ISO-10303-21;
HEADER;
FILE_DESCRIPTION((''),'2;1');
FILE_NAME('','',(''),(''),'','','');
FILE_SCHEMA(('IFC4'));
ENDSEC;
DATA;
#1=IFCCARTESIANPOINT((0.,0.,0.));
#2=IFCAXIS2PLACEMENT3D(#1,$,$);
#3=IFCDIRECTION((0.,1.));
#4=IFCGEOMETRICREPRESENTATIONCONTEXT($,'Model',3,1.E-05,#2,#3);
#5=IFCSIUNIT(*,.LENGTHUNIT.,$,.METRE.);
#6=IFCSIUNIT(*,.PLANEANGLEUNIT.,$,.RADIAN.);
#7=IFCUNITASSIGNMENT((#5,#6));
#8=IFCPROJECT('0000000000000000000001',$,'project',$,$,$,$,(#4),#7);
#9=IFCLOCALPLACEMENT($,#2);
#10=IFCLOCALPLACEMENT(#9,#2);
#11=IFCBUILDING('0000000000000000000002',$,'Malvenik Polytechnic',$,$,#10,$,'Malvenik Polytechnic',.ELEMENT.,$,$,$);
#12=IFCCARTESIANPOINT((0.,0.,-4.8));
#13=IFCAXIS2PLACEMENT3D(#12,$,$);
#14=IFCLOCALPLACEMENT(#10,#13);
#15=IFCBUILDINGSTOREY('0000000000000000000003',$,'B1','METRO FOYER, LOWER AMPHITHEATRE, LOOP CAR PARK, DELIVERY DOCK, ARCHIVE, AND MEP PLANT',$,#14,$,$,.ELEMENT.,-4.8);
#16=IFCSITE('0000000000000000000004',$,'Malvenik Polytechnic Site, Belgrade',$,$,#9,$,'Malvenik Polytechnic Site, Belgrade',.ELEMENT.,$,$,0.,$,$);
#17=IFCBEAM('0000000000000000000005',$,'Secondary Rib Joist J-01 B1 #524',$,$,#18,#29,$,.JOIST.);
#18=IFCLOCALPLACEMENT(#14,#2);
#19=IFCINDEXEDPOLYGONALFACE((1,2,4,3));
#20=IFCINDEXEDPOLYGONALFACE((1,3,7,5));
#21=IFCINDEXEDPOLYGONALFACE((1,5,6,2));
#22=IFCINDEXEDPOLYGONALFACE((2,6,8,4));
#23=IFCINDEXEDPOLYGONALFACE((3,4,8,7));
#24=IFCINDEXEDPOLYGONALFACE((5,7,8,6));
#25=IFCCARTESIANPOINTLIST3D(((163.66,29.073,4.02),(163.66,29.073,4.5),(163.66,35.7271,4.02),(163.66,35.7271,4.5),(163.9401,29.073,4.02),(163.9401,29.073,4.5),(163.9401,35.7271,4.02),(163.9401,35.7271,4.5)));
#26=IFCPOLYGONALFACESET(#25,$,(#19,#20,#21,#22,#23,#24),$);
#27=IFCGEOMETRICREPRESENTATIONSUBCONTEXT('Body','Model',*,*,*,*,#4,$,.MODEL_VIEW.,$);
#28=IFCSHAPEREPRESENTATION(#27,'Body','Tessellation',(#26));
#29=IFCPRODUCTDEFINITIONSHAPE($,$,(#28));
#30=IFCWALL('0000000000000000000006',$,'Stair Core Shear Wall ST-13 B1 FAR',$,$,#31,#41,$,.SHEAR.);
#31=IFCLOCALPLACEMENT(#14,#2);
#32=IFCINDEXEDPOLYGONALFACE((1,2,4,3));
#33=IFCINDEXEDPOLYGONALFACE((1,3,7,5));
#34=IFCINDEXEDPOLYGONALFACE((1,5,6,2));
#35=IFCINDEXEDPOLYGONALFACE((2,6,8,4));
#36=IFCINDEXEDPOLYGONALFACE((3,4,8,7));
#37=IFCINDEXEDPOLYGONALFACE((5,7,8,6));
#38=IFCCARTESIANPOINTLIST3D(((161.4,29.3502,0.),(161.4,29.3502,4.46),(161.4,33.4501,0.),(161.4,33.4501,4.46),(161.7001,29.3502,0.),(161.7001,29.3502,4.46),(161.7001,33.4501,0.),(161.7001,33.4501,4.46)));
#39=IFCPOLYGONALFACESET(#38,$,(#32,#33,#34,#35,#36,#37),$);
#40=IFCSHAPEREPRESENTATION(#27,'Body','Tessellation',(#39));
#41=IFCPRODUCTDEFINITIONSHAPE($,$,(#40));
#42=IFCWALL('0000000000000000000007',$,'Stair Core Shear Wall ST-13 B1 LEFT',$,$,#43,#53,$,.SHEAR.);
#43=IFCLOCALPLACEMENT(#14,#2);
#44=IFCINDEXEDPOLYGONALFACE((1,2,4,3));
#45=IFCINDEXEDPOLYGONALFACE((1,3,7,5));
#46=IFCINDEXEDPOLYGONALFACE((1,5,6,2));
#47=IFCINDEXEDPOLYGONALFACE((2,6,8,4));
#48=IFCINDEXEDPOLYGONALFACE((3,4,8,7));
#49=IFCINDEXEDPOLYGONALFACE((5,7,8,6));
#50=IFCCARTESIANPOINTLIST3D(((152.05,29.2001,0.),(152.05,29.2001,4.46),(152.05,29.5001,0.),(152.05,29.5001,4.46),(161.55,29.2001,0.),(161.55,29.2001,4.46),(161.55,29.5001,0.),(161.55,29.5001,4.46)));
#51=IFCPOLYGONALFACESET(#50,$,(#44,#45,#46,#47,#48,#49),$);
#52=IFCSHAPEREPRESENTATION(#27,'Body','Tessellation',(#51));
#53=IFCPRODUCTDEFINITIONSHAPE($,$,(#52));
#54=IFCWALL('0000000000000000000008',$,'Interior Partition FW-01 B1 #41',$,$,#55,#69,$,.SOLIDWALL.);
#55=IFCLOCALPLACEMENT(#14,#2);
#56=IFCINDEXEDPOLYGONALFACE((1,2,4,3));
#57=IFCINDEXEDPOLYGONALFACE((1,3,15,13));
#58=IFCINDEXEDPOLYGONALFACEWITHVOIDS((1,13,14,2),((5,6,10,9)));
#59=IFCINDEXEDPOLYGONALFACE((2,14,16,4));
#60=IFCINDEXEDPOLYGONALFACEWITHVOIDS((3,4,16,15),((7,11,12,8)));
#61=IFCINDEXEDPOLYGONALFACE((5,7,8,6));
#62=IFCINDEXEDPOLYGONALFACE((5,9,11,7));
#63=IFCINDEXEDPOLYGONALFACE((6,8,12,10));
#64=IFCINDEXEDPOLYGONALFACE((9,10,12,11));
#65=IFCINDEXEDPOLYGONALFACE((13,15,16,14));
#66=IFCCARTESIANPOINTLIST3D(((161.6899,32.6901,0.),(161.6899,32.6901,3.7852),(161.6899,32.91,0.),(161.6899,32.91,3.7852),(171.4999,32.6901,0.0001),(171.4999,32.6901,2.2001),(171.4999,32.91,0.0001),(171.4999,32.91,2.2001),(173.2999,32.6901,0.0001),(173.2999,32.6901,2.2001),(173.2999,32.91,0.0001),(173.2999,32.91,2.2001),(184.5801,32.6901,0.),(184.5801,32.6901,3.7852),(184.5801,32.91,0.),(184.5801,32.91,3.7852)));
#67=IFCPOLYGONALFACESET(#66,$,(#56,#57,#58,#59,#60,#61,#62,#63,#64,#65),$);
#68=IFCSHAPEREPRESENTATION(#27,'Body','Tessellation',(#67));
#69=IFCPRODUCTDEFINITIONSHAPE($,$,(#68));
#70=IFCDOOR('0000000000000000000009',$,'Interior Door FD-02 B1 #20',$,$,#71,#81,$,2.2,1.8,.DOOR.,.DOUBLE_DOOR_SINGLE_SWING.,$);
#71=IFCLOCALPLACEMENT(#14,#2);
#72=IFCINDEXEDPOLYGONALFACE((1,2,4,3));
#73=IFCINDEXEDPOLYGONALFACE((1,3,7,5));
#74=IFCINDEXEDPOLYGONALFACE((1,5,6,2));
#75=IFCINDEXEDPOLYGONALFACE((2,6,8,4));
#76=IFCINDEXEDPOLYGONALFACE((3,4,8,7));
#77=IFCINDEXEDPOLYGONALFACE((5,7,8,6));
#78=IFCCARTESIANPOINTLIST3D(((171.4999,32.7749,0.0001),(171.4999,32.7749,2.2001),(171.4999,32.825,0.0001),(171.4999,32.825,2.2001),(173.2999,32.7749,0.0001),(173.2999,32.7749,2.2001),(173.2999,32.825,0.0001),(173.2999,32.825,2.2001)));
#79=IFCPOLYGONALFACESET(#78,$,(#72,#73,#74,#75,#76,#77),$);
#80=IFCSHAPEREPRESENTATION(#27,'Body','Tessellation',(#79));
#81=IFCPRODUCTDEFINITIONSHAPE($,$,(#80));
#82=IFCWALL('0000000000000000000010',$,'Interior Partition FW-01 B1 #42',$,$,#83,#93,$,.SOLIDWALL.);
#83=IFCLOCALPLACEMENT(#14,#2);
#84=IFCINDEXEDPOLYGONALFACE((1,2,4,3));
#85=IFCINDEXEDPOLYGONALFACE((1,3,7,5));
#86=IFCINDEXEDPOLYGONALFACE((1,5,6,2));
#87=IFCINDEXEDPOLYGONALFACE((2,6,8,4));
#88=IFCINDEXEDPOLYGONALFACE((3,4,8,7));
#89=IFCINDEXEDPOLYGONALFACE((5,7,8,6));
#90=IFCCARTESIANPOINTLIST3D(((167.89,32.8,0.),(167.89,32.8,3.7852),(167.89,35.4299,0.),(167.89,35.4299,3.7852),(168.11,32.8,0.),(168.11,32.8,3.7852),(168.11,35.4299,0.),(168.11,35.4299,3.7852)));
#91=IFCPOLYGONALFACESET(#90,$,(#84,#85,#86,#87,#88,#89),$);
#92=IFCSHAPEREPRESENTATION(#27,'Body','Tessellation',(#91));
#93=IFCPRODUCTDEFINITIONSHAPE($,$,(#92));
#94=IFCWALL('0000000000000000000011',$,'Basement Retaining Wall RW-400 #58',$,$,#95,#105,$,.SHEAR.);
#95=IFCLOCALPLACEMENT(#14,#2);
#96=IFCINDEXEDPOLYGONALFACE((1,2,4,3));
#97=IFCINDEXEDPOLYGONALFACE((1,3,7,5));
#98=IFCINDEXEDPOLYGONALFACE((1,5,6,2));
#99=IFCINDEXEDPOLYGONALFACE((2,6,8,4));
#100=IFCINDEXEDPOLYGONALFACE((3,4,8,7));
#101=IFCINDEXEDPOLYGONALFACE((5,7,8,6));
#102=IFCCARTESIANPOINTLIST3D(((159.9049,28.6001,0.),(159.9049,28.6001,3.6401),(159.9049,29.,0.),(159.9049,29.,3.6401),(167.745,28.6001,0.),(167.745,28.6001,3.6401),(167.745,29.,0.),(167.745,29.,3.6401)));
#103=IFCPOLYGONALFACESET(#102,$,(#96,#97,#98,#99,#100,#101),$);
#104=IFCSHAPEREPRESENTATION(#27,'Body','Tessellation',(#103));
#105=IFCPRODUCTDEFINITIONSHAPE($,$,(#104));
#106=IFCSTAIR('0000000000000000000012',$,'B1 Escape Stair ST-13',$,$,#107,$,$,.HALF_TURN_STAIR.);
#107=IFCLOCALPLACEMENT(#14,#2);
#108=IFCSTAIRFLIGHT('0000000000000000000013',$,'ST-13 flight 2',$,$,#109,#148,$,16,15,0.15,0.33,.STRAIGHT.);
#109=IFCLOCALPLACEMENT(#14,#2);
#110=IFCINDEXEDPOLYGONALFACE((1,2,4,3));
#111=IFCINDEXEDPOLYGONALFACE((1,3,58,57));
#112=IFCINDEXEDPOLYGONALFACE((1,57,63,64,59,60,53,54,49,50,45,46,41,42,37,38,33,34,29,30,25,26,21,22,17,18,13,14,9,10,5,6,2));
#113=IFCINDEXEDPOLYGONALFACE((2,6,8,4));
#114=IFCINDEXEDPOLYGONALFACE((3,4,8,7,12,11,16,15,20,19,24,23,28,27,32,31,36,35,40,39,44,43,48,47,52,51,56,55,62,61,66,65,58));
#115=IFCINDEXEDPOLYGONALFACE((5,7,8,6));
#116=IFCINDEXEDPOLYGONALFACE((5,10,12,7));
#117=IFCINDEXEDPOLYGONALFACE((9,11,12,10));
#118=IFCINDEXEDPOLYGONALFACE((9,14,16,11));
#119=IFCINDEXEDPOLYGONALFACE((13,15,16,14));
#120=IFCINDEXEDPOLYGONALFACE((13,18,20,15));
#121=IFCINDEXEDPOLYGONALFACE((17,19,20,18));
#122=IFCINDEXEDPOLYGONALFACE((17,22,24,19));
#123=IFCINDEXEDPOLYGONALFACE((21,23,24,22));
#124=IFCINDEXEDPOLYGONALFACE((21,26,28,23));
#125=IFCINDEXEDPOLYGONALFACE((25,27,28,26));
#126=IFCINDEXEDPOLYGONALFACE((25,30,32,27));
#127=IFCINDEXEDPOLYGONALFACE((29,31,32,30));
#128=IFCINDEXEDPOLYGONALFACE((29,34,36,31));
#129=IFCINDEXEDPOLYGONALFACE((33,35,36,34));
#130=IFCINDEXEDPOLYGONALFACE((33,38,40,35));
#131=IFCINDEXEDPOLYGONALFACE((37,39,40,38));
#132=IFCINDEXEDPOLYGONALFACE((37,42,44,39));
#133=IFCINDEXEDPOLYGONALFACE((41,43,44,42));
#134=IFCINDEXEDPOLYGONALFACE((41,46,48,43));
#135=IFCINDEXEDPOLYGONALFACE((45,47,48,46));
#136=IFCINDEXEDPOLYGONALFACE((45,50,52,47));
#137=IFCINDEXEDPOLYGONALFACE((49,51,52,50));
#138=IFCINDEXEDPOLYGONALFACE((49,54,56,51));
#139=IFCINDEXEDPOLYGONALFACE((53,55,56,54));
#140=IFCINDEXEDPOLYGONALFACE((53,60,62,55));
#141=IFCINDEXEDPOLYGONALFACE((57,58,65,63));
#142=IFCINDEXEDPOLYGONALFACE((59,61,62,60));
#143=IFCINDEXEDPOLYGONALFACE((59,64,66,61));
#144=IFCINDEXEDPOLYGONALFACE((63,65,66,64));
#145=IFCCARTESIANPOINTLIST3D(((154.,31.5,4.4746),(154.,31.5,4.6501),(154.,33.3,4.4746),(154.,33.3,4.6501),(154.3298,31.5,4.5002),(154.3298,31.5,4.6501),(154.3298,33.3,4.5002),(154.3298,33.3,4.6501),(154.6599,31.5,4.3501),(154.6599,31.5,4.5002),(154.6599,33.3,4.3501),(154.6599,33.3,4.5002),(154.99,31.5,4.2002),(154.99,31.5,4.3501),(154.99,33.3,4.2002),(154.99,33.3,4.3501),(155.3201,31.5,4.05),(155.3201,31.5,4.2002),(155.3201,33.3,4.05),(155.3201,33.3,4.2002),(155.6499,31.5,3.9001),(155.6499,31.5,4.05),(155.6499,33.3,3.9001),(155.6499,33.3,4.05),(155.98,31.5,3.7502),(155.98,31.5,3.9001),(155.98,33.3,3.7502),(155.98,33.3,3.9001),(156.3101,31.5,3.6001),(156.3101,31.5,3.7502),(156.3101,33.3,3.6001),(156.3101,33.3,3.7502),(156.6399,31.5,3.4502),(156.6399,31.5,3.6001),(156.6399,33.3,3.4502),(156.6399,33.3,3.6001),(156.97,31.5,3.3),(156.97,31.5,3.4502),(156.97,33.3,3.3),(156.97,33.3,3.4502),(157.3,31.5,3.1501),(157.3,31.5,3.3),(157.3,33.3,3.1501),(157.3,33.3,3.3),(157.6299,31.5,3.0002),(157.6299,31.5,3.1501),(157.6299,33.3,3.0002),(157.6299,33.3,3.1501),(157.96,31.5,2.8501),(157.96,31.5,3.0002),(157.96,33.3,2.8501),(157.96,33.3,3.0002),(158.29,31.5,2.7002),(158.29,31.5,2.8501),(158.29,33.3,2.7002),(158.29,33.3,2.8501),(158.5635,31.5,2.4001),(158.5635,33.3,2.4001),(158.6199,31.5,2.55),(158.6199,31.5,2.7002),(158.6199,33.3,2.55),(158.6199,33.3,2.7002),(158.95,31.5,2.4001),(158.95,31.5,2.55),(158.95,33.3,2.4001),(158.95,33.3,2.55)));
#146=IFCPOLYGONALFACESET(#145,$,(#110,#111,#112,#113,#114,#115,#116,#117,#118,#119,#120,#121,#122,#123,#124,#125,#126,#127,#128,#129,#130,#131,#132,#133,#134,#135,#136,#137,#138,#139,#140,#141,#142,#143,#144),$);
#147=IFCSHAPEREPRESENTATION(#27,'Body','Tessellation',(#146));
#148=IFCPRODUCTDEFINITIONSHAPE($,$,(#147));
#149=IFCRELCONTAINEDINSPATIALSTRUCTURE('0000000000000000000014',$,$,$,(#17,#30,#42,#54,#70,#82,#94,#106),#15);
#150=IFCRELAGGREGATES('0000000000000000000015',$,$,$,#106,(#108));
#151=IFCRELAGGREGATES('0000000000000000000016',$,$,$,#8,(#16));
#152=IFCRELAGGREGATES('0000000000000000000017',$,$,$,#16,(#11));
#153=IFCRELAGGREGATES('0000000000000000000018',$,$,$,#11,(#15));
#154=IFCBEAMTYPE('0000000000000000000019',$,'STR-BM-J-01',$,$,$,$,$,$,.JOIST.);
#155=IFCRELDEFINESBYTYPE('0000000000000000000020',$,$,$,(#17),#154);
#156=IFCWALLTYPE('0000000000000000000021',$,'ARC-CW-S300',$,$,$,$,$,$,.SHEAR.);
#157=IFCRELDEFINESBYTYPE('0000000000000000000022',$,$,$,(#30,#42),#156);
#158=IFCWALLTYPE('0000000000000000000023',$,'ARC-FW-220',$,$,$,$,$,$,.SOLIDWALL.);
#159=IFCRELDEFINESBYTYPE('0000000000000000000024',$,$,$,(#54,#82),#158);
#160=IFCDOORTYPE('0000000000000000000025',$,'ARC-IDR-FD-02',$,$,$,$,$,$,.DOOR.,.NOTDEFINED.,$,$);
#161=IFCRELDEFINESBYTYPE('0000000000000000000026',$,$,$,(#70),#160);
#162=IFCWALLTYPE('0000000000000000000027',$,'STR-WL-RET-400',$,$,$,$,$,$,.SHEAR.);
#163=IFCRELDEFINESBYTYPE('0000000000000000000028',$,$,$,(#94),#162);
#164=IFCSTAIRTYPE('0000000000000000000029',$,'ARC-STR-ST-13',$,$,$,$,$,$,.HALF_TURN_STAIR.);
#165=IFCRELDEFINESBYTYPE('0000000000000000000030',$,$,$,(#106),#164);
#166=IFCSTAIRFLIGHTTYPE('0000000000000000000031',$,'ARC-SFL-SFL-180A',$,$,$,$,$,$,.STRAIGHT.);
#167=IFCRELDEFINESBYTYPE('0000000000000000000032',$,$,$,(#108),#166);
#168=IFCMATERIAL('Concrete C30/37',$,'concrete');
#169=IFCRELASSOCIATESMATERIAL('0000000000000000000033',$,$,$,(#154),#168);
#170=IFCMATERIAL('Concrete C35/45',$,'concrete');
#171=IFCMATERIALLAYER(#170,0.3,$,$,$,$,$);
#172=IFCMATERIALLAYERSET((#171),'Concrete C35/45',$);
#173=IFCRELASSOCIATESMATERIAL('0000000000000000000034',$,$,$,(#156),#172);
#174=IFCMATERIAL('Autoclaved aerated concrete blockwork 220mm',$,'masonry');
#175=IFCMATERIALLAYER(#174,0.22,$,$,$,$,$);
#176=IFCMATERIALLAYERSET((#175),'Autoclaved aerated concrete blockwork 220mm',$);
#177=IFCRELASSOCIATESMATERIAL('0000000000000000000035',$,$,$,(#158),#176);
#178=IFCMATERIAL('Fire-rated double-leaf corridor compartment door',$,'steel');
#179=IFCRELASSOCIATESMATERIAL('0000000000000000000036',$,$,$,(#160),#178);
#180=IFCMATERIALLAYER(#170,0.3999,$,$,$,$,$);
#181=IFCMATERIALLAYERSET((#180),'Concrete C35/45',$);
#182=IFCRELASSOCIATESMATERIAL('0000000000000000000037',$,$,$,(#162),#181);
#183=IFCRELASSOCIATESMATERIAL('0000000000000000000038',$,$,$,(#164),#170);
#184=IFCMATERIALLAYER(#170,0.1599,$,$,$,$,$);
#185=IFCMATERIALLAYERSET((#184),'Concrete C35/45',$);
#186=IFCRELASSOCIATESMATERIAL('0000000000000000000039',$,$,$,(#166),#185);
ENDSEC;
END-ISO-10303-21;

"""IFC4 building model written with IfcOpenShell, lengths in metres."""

from ifc_helpers import new_model, si_unit, direction, frame, frame_2d, origin, origin_2d, place, context, subcontext, project, spatial, polyline, rectangle, outline, extrude, material, layer, layer_set, material_profile, profile_set, type_object, element, fill, aggregate, save


model = new_model("IFC4")

# Units and contexts
model_context = context("Model", 3, precision=1e-05, world=origin(), true_north=direction((0.0, 1.0)))
body_context = subcontext(model_context, "Body", "Model", "MODEL_VIEW")
ifc_project = project(units=[si_unit("LENGTHUNIT", "METRE"), si_unit("PLANEANGLEUNIT", "RADIAN")], contexts=[model_context])

# Site, building, storey
site_placement = place(None, origin())
site = spatial("IfcSite", under=ifc_project, at=site_placement, Name="Malvenik Polytechnic Site, Belgrade", LongName="Malvenik Polytechnic Site, Belgrade", CompositionType="ELEMENT", RefElevation=0.0)
building_placement = place(site_placement, origin())
building = spatial("IfcBuilding", under=site, at=building_placement, Name="Malvenik Polytechnic", LongName="Malvenik Polytechnic", CompositionType="ELEMENT")
storey_placement = place(building_placement, frame((0.0, 0.0, -4.8)))
storey = spatial("IfcBuildingStorey", under=building, at=storey_placement, Name="B1", Description="METRO FOYER, LOWER AMPHITHEATRE, LOOP CAR PARK, DELIVERY DOCK, ARCHIVE, AND MEP PLANT", CompositionType="ELEMENT", Elevation=-4.8)

# Shared definitions
ifc_material_1 = material(Name="Concrete C35/45", Category="concrete")

# Beam
ifc_material_2 = material(Name="Concrete C30/37", Category="concrete")
ifc_material_profile_1 = material_profile(ifc_material_2, rectangle(XDim=0.28, YDim=0.48, at=origin_2d()), Name="RC JST 280x480")
ifc_profile_set_1 = profile_set([ifc_material_profile_1], Name="Concrete C30/37")
beam_type_1 = type_object("IfcBeamType", Name="STR-BM-J-01", PredefinedType="JOIST", material=ifc_profile_set_1)
beam_1_placement = place(storey_placement, frame((163.8, 29.073, 4.26), z_axis=(0.0, 1.0, 0.0), x_axis=(-1.0, 0.0, 0.0)))
element("IfcBeam", 1, at=beam_1_placement, inside=storey, type_object=beam_type_1, Name="Secondary Rib Joist J-01 B1 #524", PredefinedType="JOIST", context=body_context, shape_type="SweptSolid", body=[
    extrude(rectangle(XDim=0.28, YDim=0.48, at=origin_2d()), origin(), (0.0, 0.0, 1.0), 6.6541),
])

# Walls
ifc_layer_1 = layer(ifc_material_1, 0.3)
ifc_layer_set_1 = layer_set([ifc_layer_1], Name="Concrete C35/45")
wall_type_1 = type_object("IfcWallType", Name="ARC-CW-S300", PredefinedType="SHEAR", material=ifc_layer_set_1)
wall_1_placement = place(storey_placement, frame((161.55, 33.45, 0.0), z_axis=(0.0, 0.0, 1.0), x_axis=(0.0, -1.0, 0.0)))
element("IfcWall", 2, at=wall_1_placement, inside=storey, type_object=wall_type_1, Name="Stair Core Shear Wall ST-13 B1 FAR", PredefinedType="SHEAR", context=body_context, shape_type="SweptSolid", body=[
    extrude(rectangle(XDim=4.0999, YDim=0.3, at=frame_2d((2.0498, 0.0))), origin(), (0.0, 0.0, 1.0), 4.46),
])
wall_2_placement = place(storey_placement, frame((161.55, 29.3501, 0.0), z_axis=(0.0, 0.0, 1.0), x_axis=(-1.0, 0.0, 0.0)))
element("IfcWall", 3, at=wall_2_placement, inside=storey, type_object=wall_type_1, Name="Stair Core Shear Wall ST-13 B1 LEFT", PredefinedType="SHEAR", context=body_context, shape_type="SweptSolid", body=[
    extrude(rectangle(XDim=9.5, YDim=0.3, at=frame_2d((4.75, 0.0))), origin(), (0.0, 0.0, 1.0), 4.46),
])

# Wall, opening, door
ifc_material_3 = material(Name="Autoclaved aerated concrete blockwork 220mm", Category="masonry")
ifc_layer_2 = layer(ifc_material_3, 0.22)
ifc_layer_set_2 = layer_set([ifc_layer_2], Name="Autoclaved aerated concrete blockwork 220mm")
wall_type_2 = type_object("IfcWallType", Name="ARC-FW-220", PredefinedType="SOLIDWALL", material=ifc_layer_set_2)
wall_3_placement = place(storey_placement, frame((161.6899, 32.8, 0.0), z_axis=(0.0, 0.0, 1.0), x_axis=(1.0, 0.0, 0.0)))
wall_3 = element("IfcWall", 4, at=wall_3_placement, inside=storey, type_object=wall_type_2, Name="Interior Partition FW-01 B1 #41", PredefinedType="SOLIDWALL", context=body_context, shape_type="SweptSolid", body=[
    extrude(rectangle(XDim=22.8901, YDim=0.22, at=frame_2d((11.4451, 0.0))), origin(), (0.0, 0.0, 1.0), 3.7852),
])
opening_placement = place(wall_3_placement, frame((9.8101, 0.0, 0.0)))
opening = element("IfcOpeningElement", 5, at=opening_placement, cuts=wall_3, PredefinedType="OPENING", context=body_context, shape_type="SweptSolid", body=[
    extrude(rectangle(XDim=1.8, YDim=2.2, at=frame_2d((0.8999, 1.1001))), frame((0.0, 0.1201, 0.0), z_axis=(0.0, -1.0, 0.0), x_axis=(1.0, 0.0, 0.0)), (0.0, 0.0, 1.0), 0.24),
])
ifc_material_4 = material(Name="Fire-rated double-leaf corridor compartment door", Category="steel")
door_type = type_object("IfcDoorType", Name="ARC-IDR-FD-02", OperationType="NOTDEFINED", PredefinedType="DOOR", material=ifc_material_4)
door_placement = place(opening_placement, origin())
door = element("IfcDoor", 6, at=door_placement, inside=storey, type_object=door_type, Name="Interior Door FD-02 B1 #20", OperationType="DOUBLE_DOOR_SINGLE_SWING", OverallHeight=2.2, OverallWidth=1.8, PredefinedType="DOOR", context=body_context, shape_type="SweptSolid", body=[
    extrude(rectangle(XDim=1.8, YDim=2.2, at=frame_2d((0.8999, 1.1001))), frame((0.0, 0.0249, 0.0), z_axis=(0.0, -1.0, 0.0), x_axis=(1.0, 0.0, 0.0)), (0.0, 0.0, 1.0), 0.05),
])
fill(opening, door)

# Walls
wall_4_placement = place(storey_placement, frame((168.0, 32.8, 0.0), z_axis=(0.0, 0.0, 1.0), x_axis=(0.0, 1.0, 0.0)))
element("IfcWall", 7, at=wall_4_placement, inside=storey, type_object=wall_type_2, Name="Interior Partition FW-01 B1 #42", PredefinedType="SOLIDWALL", context=body_context, shape_type="SweptSolid", body=[
    extrude(rectangle(XDim=2.6299, YDim=0.22, at=frame_2d((1.3149, 0.0))), origin(), (0.0, 0.0, 1.0), 3.7852),
])
ifc_layer_3 = layer(ifc_material_1, 0.3999)
ifc_layer_set_3 = layer_set([ifc_layer_3], Name="Concrete C35/45")
wall_type_3 = type_object("IfcWallType", Name="STR-WL-RET-400", PredefinedType="SHEAR", material=ifc_layer_set_3)
wall_5_placement = place(storey_placement, frame((159.905, 28.8, 0.0), z_axis=(0.0, 0.0, 1.0), x_axis=(1.0, 0.0, 0.0)))
element("IfcWall", 8, at=wall_5_placement, inside=storey, type_object=wall_type_3, Name="Basement Retaining Wall RW-400 #58", PredefinedType="SHEAR", context=body_context, shape_type="SweptSolid", body=[
    extrude(rectangle(XDim=7.8401, YDim=0.3999, at=frame_2d((3.9199, 0.0))), origin(), (0.0, 0.0, 1.0), 3.6401),
])

# Stair, stair flight
stair_type = type_object("IfcStairType", Name="ARC-STR-ST-13", PredefinedType="HALF_TURN_STAIR", material=ifc_material_1)
stair_placement = place(storey_placement, origin())
stair = element("IfcStair", 9, at=stair_placement, inside=storey, type_object=stair_type, Name="B1 Escape Stair ST-13", PredefinedType="HALF_TURN_STAIR")
ifc_layer_4 = layer(ifc_material_1, 0.1599)
ifc_layer_set_4 = layer_set([ifc_layer_4], Name="Concrete C35/45")
stair_flight_type = type_object("IfcStairFlightType", Name="ARC-SFL-SFL-180A", PredefinedType="STRAIGHT", material=ifc_layer_set_4)
stair_flight_placement = place(storey_placement, frame((158.95, 32.3999, 2.4001), z_axis=(0.0, 0.0, 1.0), x_axis=(-1.0, 0.0, 0.0)))
stair_flight = element("IfcStairFlight", 10, at=stair_flight_placement, type_object=stair_flight_type, Name="ST-13 flight 2", NumberOfRisers=16, NumberOfTreads=15, PredefinedType="STRAIGHT", RiserHeight=0.15, TreadLength=0.33, context=body_context, shape_type="SweptSolid", body=[
    extrude(outline(polyline([(0.0, 0.0), (0.0, 0.1499), (0.3301, 0.1499), (0.3301, 0.3), (0.6599, 0.3), (0.6599, 0.45), (0.99, 0.45), (0.99, 0.6001), (1.3201, 0.6001), (1.3201, 0.75), (1.6499, 0.75), (1.6499, 0.8999), (1.98, 0.8999), (1.98, 1.05), (2.3101, 1.05), (2.3101, 1.2), (2.6399, 1.2), (2.6399, 1.3501), (2.97, 1.3501), (2.97, 1.5), (3.3, 1.5), (3.3, 1.6499), (3.6299, 1.6499), (3.6299, 1.8), (3.96, 1.8), (3.96, 1.95), (4.29, 1.95), (4.29, 2.1001), (4.6201, 2.1001), (4.6201, 2.25), (4.95, 2.25), (4.95, 2.3999), (4.95, 2.0745), (0.3865, 0.0), (0.0, 0.0)])), frame((0.0, 0.8999, 0.0), z_axis=(0.0, -1.0, 0.0), x_axis=(1.0, 0.0, 0.0)), (0.0, 0.0, 1.0), 1.8),
])
aggregate(stair, [stair_flight])

save(model, "model.ifc")
